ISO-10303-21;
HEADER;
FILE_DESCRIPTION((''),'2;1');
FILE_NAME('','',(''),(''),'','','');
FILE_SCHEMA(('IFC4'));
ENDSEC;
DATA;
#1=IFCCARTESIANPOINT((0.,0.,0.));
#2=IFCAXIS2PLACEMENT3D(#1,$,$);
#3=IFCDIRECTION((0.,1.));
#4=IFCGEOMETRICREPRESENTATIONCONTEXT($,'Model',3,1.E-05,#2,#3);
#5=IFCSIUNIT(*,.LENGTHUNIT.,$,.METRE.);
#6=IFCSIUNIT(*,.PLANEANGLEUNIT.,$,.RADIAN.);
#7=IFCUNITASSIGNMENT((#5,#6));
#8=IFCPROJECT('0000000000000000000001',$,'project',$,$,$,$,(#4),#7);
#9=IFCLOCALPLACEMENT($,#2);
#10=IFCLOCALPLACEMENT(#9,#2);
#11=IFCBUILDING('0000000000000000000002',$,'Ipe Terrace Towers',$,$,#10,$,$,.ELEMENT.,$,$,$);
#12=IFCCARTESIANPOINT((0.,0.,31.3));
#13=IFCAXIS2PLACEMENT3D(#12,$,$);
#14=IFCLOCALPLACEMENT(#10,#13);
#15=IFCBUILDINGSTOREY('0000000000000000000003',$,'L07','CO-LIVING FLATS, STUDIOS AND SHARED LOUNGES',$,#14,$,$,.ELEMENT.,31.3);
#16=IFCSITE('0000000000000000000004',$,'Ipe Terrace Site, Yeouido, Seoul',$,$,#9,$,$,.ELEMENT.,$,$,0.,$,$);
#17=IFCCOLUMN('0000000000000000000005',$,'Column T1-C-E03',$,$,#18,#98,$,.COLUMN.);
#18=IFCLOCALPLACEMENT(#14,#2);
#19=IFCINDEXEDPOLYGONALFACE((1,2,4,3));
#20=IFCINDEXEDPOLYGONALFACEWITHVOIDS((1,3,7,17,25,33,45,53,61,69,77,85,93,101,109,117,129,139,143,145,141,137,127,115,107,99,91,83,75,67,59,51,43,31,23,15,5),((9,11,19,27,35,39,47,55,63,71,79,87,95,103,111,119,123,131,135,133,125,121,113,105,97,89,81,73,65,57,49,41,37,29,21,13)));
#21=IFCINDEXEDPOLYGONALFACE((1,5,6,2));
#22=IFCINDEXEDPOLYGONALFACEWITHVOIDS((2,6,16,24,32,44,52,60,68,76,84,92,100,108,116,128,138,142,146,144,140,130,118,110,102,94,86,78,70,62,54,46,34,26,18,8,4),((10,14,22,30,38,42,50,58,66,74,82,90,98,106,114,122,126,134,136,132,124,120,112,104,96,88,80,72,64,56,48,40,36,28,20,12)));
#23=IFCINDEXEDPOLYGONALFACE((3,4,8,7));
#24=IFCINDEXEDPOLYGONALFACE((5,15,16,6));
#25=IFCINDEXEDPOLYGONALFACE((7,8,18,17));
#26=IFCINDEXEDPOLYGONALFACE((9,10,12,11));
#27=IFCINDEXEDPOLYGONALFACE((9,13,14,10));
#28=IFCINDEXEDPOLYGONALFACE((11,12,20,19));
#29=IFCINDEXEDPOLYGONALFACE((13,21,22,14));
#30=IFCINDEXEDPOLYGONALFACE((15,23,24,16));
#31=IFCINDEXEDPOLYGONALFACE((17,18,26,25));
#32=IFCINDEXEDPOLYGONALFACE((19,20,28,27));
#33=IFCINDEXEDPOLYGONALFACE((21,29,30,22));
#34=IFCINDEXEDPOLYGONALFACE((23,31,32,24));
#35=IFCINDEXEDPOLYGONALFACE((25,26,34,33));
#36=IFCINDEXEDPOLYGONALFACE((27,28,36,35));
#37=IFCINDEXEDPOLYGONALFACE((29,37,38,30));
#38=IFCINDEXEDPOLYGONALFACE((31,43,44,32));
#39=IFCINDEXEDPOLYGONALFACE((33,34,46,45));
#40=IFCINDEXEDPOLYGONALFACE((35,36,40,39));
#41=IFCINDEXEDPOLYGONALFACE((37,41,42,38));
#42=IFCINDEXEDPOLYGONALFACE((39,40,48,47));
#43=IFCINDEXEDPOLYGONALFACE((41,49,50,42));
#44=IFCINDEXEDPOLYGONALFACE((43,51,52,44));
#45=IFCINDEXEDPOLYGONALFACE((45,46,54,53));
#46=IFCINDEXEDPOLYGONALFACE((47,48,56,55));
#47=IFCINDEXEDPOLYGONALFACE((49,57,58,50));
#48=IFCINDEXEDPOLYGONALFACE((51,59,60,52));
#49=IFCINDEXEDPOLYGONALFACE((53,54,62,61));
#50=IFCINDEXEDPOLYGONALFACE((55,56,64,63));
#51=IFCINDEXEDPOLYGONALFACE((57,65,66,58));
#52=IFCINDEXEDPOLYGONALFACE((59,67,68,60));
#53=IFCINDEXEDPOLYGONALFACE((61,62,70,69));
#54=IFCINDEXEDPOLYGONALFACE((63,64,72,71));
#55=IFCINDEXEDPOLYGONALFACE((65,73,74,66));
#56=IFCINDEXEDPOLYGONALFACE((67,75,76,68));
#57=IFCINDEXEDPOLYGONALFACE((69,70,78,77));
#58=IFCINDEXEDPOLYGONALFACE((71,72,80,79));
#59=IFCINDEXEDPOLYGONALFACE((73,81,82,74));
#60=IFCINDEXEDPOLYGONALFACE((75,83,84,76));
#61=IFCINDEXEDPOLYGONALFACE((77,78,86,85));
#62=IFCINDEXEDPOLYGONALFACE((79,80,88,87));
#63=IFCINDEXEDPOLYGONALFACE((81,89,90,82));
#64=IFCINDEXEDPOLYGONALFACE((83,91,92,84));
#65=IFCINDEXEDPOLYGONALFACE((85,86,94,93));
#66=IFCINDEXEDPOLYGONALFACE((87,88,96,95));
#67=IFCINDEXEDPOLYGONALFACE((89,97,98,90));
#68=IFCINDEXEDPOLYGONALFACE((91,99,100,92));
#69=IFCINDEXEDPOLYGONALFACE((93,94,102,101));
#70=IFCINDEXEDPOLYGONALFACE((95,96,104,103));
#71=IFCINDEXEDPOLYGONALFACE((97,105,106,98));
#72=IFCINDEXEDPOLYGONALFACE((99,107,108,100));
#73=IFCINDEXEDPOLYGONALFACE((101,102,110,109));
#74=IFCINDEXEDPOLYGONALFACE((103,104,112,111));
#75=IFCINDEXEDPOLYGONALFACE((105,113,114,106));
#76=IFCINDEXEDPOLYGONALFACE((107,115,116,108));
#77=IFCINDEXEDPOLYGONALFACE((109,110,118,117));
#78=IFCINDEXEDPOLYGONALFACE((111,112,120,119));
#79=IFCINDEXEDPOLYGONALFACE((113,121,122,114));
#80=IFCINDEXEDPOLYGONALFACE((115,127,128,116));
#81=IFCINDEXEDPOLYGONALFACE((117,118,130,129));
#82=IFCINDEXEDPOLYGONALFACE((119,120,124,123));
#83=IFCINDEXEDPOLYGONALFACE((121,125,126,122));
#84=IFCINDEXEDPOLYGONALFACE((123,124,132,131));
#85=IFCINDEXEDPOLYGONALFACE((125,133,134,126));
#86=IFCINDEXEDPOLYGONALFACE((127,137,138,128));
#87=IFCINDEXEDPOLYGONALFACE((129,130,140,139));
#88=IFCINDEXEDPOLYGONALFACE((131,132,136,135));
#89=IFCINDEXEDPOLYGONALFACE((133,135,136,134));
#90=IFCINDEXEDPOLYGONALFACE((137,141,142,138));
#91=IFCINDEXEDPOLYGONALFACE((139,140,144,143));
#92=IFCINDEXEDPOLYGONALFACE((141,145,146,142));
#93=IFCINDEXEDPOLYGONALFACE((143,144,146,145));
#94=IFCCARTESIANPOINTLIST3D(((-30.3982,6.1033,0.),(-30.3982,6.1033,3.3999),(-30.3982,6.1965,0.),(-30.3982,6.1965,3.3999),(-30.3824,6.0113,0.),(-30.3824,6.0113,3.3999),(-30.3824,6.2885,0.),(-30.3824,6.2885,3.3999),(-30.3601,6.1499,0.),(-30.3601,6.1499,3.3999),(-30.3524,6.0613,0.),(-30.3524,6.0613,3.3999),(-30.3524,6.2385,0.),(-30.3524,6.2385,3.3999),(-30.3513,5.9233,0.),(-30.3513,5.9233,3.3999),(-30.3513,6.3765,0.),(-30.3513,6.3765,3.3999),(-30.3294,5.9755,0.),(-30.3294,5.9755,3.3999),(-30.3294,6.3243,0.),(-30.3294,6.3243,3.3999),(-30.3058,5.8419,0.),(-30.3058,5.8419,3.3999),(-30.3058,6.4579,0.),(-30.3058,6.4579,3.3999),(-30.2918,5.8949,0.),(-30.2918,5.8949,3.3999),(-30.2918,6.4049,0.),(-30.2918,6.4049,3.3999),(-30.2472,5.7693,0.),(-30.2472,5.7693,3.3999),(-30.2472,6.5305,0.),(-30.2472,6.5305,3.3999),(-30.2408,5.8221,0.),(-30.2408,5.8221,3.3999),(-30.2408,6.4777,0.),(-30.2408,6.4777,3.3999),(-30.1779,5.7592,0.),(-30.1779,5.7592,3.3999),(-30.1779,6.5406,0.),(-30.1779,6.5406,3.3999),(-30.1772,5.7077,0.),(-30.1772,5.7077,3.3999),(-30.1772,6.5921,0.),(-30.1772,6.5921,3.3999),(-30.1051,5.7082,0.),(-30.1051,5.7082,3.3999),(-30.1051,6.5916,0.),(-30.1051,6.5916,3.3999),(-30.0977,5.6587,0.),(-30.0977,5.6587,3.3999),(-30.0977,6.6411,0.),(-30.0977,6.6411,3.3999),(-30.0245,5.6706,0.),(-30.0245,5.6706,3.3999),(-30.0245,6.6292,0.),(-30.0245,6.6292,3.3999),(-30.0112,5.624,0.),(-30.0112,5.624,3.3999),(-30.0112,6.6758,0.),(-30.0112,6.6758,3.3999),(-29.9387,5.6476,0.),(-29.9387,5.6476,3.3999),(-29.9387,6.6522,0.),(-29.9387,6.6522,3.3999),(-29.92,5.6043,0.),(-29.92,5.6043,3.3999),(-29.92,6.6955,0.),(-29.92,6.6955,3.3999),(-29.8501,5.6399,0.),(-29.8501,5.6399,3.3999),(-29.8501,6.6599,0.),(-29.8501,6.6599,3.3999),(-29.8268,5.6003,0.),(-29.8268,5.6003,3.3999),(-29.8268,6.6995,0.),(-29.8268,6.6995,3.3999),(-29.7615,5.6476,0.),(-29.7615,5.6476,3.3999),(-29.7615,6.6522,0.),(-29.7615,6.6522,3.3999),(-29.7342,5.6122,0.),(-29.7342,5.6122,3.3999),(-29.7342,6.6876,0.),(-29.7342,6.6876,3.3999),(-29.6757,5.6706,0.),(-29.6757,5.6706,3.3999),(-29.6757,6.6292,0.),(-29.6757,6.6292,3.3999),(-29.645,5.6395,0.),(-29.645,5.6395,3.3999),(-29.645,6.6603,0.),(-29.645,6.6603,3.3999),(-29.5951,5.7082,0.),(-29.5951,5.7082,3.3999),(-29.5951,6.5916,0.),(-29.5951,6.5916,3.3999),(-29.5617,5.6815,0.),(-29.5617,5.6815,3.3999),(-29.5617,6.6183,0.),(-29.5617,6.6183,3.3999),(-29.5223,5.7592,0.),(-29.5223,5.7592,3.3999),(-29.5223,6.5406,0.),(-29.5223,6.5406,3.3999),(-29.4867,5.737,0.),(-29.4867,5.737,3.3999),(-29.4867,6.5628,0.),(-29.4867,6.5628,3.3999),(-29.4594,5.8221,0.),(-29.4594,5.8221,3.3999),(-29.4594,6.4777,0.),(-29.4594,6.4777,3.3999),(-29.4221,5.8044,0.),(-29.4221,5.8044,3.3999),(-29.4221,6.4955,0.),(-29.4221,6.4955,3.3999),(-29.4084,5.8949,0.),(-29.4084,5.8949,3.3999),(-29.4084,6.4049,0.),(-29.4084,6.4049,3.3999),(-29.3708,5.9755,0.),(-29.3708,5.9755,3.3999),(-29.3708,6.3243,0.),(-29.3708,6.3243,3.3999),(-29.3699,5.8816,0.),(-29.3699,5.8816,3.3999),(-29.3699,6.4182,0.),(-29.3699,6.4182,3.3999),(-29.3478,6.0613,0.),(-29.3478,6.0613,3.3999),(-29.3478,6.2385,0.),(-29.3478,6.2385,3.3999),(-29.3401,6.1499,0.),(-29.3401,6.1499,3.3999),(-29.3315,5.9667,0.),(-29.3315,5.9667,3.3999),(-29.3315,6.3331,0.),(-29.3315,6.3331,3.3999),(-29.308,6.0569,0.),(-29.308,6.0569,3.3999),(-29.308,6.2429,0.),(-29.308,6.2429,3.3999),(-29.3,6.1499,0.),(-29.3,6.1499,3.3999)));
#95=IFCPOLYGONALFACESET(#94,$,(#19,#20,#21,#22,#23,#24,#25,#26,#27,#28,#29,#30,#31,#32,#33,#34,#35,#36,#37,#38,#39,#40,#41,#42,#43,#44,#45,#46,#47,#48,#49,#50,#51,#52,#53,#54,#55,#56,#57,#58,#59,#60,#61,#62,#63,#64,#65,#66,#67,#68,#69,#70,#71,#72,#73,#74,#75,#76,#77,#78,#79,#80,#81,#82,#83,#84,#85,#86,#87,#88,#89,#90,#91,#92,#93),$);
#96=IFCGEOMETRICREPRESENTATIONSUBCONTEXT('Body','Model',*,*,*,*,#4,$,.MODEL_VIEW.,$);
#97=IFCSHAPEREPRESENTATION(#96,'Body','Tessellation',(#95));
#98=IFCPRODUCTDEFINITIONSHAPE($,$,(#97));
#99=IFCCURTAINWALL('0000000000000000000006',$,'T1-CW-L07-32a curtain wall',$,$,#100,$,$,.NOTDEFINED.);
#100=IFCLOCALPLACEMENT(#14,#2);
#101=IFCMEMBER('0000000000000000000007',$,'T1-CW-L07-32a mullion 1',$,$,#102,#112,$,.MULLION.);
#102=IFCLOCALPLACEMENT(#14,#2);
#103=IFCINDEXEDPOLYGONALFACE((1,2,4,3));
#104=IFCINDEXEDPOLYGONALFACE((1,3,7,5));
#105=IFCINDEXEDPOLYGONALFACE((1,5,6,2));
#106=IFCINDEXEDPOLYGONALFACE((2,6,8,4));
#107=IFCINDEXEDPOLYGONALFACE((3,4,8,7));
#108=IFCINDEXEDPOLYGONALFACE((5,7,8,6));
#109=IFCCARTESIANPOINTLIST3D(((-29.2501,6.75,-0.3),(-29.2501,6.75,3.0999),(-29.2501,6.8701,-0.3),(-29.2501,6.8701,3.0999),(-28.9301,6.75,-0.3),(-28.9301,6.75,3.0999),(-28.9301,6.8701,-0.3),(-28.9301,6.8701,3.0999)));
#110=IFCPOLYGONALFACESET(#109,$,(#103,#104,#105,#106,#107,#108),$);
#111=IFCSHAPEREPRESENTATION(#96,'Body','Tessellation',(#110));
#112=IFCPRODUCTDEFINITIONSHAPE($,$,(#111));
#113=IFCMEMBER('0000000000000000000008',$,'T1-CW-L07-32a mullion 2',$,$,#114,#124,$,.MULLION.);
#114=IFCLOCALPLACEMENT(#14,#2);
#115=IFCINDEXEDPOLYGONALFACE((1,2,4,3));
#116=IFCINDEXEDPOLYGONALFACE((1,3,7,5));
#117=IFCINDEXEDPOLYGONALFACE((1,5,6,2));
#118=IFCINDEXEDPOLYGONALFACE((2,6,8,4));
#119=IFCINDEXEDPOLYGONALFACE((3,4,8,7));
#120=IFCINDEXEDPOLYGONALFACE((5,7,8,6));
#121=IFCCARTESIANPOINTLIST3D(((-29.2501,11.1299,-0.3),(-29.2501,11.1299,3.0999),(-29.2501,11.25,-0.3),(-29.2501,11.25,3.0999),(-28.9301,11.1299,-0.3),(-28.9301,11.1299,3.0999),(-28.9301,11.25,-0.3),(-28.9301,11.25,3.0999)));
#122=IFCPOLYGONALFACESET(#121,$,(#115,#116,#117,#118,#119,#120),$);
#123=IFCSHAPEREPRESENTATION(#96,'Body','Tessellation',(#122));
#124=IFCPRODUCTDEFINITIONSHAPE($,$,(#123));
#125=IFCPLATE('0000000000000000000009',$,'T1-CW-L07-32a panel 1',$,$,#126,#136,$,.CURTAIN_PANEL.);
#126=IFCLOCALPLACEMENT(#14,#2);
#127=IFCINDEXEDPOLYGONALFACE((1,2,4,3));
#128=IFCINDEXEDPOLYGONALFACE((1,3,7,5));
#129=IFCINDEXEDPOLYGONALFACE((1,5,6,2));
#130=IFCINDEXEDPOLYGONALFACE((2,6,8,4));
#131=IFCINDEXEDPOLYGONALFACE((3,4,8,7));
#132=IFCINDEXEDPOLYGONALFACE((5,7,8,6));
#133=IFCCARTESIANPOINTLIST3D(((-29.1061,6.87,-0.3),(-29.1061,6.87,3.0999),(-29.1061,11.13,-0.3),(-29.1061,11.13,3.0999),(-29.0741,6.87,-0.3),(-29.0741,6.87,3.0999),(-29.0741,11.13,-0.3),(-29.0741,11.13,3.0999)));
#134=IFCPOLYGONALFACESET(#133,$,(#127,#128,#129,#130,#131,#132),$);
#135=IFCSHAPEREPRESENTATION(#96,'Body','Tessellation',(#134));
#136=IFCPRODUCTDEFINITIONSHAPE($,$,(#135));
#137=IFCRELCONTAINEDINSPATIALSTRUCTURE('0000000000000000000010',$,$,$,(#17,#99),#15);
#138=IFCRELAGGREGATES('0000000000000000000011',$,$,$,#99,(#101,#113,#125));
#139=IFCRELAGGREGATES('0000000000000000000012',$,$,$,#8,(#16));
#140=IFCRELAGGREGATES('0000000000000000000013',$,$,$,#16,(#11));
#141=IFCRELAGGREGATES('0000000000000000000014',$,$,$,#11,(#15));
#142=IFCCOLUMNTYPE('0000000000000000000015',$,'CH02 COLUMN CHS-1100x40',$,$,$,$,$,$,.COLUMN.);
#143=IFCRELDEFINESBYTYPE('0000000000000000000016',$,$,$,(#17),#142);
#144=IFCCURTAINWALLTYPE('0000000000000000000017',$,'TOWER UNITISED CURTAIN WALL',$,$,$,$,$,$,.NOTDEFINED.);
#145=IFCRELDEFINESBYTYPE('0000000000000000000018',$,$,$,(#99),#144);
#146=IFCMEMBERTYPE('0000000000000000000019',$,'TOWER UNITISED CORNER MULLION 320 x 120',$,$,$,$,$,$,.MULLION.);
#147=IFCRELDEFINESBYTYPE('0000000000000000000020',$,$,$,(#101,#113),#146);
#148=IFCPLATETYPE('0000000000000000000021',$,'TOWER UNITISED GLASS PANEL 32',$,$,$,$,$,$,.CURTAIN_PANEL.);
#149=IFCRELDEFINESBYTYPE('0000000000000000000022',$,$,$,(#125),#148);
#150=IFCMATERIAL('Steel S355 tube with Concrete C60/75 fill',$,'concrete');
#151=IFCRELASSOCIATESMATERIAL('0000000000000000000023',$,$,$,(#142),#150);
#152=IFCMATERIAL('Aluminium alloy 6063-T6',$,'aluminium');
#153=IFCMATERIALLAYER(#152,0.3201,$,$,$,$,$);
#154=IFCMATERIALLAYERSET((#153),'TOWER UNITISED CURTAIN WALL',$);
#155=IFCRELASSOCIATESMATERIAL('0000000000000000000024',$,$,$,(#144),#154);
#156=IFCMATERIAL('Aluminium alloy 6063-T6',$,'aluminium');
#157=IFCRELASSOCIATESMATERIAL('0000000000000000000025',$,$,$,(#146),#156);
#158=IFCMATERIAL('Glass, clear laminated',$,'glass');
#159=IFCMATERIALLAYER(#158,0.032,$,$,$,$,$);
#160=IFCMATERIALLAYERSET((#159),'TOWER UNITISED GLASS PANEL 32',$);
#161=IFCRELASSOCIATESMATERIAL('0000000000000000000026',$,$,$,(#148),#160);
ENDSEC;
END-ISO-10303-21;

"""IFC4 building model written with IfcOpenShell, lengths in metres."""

from ifc_helpers import new_model, si_unit, direction, frame, origin, origin_2d, place, context, subcontext, project, spatial, rectangle, hollow_circle, extrude, material, layer, layer_set, material_profile, profile_set, type_object, element, aggregate, save


model = new_model("IFC4")

# Units and contexts
model_context = context("Model", 3, precision=1e-05, world=origin(), true_north=direction((0.0, 1.0)))
body_context = subcontext(model_context, "Body", "Model", "MODEL_VIEW")
ifc_project = project(units=[si_unit("LENGTHUNIT", "METRE"), si_unit("PLANEANGLEUNIT", "RADIAN")], contexts=[model_context])

# Site, building, storey
site_placement = place(None, origin())
site = spatial("IfcSite", under=ifc_project, at=site_placement, Name="Ipe Terrace Site, Yeouido, Seoul", CompositionType="ELEMENT", RefElevation=0.0)
building_placement = place(site_placement, origin())
building = spatial("IfcBuilding", under=site, at=building_placement, Name="Ipe Terrace Towers", CompositionType="ELEMENT")
storey_placement = place(building_placement, frame((0.0, 0.0, 31.3)))
storey = spatial("IfcBuildingStorey", under=building, at=storey_placement, Name="L07", Description="CO-LIVING FLATS, STUDIOS AND SHARED LOUNGES", CompositionType="ELEMENT", Elevation=31.3)

# Column
ifc_material_1 = material(Name="Steel S355 tube with Concrete C60/75 fill", Category="concrete")
ifc_material_profile_1 = material_profile(ifc_material_1, hollow_circle(Radius=0.55, WallThickness=0.04, at=origin_2d()), Name="CHS-1100x40")
ifc_profile_set_1 = profile_set([ifc_material_profile_1], Name="Steel S355 tube with Concrete C60/75 fill")
column_type = type_object("IfcColumnType", Name="CH02 COLUMN CHS-1100x40", PredefinedType="COLUMN", material=ifc_profile_set_1)
column_placement = place(storey_placement, frame((-29.8501, 6.1499, 0.0), z_axis=(0.0, 0.0, 1.0), x_axis=(1.0, 0.0, 0.0)))
element("IfcColumn", 1, at=column_placement, inside=storey, type_object=column_type, Name="Column T1-C-E03", PredefinedType="COLUMN", context=body_context, shape_type="SweptSolid", body=[
    extrude(hollow_circle(Radius=0.55, WallThickness=0.04, at=origin_2d()), origin(), (0.0, 0.0, 1.0), 3.3999),
])

# Curtain wall, members, plate
ifc_material_2 = material(Name="Aluminium alloy 6063-T6", Category="aluminium")
ifc_layer_1 = layer(ifc_material_2, 0.3201)
ifc_layer_set_1 = layer_set([ifc_layer_1], Name="TOWER UNITISED CURTAIN WALL")
curtain_wall_type = type_object("IfcCurtainWallType", Name="TOWER UNITISED CURTAIN WALL", PredefinedType="NOTDEFINED", material=ifc_layer_set_1)
curtain_wall_placement = place(storey_placement, origin())
curtain_wall = element("IfcCurtainWall", 2, at=curtain_wall_placement, inside=storey, type_object=curtain_wall_type, Name="T1-CW-L07-32a curtain wall", PredefinedType="NOTDEFINED")
ifc_material_3 = material(Name="Aluminium alloy 6063-T6", Category="aluminium")
ifc_material_profile_2 = material_profile(ifc_material_3, rectangle(XDim=0.3201, YDim=0.1201, at=origin_2d()), Name="TOWER UNITISED CORNER MULLION 320 x 120")
ifc_profile_set_2 = profile_set([ifc_material_profile_2], Name="Aluminium alloy 6063-T6")
member_type = type_object("IfcMemberType", Name="TOWER UNITISED CORNER MULLION 320 x 120", PredefinedType="MULLION", material=ifc_profile_set_2)
member_1_placement = place(storey_placement, frame((-29.0901, 6.8101, -0.3), z_axis=(0.0, 0.0, 1.0), x_axis=(1.0, 0.0, 0.0)))
member_1 = element("IfcMember", 3, at=member_1_placement, type_object=member_type, Name="T1-CW-L07-32a mullion 1", PredefinedType="MULLION", context=body_context, shape_type="SweptSolid", body=[
    extrude(rectangle(XDim=0.3201, YDim=0.1201, at=origin_2d()), origin(), (0.0, 0.0, 1.0), 3.3999),
])
member_2_placement = place(storey_placement, frame((-29.0901, 11.1899, -0.3), z_axis=(0.0, 0.0, 1.0), x_axis=(1.0, 0.0, 0.0)))
member_2 = element("IfcMember", 4, at=member_2_placement, type_object=member_type, Name="T1-CW-L07-32a mullion 2", PredefinedType="MULLION", context=body_context, shape_type="SweptSolid", body=[
    extrude(rectangle(XDim=0.3201, YDim=0.1201, at=origin_2d()), origin(), (0.0, 0.0, 1.0), 3.3999),
])
ifc_material_4 = material(Name="Glass, clear laminated", Category="glass")
ifc_layer_2 = layer(ifc_material_4, 0.032)
ifc_layer_set_2 = layer_set([ifc_layer_2], Name="TOWER UNITISED GLASS PANEL 32")
plate_type = type_object("IfcPlateType", Name="TOWER UNITISED GLASS PANEL 32", PredefinedType="CURTAIN_PANEL", material=ifc_layer_set_2)
plate_placement = place(storey_placement, frame((-29.0901, 9.0, -0.3), z_axis=(0.0, 0.0, 1.0), x_axis=(0.0, 1.0, 0.0)))
plate = element("IfcPlate", 5, at=plate_placement, type_object=plate_type, Name="T1-CW-L07-32a panel 1", PredefinedType="CURTAIN_PANEL", context=body_context, shape_type="SweptSolid", body=[
    extrude(rectangle(XDim=4.26, YDim=0.032, at=origin_2d()), origin(), (0.0, 0.0, 1.0), 3.3999),
])
aggregate(curtain_wall, [member_1, member_2, plate])

save(model, "model.ifc")
